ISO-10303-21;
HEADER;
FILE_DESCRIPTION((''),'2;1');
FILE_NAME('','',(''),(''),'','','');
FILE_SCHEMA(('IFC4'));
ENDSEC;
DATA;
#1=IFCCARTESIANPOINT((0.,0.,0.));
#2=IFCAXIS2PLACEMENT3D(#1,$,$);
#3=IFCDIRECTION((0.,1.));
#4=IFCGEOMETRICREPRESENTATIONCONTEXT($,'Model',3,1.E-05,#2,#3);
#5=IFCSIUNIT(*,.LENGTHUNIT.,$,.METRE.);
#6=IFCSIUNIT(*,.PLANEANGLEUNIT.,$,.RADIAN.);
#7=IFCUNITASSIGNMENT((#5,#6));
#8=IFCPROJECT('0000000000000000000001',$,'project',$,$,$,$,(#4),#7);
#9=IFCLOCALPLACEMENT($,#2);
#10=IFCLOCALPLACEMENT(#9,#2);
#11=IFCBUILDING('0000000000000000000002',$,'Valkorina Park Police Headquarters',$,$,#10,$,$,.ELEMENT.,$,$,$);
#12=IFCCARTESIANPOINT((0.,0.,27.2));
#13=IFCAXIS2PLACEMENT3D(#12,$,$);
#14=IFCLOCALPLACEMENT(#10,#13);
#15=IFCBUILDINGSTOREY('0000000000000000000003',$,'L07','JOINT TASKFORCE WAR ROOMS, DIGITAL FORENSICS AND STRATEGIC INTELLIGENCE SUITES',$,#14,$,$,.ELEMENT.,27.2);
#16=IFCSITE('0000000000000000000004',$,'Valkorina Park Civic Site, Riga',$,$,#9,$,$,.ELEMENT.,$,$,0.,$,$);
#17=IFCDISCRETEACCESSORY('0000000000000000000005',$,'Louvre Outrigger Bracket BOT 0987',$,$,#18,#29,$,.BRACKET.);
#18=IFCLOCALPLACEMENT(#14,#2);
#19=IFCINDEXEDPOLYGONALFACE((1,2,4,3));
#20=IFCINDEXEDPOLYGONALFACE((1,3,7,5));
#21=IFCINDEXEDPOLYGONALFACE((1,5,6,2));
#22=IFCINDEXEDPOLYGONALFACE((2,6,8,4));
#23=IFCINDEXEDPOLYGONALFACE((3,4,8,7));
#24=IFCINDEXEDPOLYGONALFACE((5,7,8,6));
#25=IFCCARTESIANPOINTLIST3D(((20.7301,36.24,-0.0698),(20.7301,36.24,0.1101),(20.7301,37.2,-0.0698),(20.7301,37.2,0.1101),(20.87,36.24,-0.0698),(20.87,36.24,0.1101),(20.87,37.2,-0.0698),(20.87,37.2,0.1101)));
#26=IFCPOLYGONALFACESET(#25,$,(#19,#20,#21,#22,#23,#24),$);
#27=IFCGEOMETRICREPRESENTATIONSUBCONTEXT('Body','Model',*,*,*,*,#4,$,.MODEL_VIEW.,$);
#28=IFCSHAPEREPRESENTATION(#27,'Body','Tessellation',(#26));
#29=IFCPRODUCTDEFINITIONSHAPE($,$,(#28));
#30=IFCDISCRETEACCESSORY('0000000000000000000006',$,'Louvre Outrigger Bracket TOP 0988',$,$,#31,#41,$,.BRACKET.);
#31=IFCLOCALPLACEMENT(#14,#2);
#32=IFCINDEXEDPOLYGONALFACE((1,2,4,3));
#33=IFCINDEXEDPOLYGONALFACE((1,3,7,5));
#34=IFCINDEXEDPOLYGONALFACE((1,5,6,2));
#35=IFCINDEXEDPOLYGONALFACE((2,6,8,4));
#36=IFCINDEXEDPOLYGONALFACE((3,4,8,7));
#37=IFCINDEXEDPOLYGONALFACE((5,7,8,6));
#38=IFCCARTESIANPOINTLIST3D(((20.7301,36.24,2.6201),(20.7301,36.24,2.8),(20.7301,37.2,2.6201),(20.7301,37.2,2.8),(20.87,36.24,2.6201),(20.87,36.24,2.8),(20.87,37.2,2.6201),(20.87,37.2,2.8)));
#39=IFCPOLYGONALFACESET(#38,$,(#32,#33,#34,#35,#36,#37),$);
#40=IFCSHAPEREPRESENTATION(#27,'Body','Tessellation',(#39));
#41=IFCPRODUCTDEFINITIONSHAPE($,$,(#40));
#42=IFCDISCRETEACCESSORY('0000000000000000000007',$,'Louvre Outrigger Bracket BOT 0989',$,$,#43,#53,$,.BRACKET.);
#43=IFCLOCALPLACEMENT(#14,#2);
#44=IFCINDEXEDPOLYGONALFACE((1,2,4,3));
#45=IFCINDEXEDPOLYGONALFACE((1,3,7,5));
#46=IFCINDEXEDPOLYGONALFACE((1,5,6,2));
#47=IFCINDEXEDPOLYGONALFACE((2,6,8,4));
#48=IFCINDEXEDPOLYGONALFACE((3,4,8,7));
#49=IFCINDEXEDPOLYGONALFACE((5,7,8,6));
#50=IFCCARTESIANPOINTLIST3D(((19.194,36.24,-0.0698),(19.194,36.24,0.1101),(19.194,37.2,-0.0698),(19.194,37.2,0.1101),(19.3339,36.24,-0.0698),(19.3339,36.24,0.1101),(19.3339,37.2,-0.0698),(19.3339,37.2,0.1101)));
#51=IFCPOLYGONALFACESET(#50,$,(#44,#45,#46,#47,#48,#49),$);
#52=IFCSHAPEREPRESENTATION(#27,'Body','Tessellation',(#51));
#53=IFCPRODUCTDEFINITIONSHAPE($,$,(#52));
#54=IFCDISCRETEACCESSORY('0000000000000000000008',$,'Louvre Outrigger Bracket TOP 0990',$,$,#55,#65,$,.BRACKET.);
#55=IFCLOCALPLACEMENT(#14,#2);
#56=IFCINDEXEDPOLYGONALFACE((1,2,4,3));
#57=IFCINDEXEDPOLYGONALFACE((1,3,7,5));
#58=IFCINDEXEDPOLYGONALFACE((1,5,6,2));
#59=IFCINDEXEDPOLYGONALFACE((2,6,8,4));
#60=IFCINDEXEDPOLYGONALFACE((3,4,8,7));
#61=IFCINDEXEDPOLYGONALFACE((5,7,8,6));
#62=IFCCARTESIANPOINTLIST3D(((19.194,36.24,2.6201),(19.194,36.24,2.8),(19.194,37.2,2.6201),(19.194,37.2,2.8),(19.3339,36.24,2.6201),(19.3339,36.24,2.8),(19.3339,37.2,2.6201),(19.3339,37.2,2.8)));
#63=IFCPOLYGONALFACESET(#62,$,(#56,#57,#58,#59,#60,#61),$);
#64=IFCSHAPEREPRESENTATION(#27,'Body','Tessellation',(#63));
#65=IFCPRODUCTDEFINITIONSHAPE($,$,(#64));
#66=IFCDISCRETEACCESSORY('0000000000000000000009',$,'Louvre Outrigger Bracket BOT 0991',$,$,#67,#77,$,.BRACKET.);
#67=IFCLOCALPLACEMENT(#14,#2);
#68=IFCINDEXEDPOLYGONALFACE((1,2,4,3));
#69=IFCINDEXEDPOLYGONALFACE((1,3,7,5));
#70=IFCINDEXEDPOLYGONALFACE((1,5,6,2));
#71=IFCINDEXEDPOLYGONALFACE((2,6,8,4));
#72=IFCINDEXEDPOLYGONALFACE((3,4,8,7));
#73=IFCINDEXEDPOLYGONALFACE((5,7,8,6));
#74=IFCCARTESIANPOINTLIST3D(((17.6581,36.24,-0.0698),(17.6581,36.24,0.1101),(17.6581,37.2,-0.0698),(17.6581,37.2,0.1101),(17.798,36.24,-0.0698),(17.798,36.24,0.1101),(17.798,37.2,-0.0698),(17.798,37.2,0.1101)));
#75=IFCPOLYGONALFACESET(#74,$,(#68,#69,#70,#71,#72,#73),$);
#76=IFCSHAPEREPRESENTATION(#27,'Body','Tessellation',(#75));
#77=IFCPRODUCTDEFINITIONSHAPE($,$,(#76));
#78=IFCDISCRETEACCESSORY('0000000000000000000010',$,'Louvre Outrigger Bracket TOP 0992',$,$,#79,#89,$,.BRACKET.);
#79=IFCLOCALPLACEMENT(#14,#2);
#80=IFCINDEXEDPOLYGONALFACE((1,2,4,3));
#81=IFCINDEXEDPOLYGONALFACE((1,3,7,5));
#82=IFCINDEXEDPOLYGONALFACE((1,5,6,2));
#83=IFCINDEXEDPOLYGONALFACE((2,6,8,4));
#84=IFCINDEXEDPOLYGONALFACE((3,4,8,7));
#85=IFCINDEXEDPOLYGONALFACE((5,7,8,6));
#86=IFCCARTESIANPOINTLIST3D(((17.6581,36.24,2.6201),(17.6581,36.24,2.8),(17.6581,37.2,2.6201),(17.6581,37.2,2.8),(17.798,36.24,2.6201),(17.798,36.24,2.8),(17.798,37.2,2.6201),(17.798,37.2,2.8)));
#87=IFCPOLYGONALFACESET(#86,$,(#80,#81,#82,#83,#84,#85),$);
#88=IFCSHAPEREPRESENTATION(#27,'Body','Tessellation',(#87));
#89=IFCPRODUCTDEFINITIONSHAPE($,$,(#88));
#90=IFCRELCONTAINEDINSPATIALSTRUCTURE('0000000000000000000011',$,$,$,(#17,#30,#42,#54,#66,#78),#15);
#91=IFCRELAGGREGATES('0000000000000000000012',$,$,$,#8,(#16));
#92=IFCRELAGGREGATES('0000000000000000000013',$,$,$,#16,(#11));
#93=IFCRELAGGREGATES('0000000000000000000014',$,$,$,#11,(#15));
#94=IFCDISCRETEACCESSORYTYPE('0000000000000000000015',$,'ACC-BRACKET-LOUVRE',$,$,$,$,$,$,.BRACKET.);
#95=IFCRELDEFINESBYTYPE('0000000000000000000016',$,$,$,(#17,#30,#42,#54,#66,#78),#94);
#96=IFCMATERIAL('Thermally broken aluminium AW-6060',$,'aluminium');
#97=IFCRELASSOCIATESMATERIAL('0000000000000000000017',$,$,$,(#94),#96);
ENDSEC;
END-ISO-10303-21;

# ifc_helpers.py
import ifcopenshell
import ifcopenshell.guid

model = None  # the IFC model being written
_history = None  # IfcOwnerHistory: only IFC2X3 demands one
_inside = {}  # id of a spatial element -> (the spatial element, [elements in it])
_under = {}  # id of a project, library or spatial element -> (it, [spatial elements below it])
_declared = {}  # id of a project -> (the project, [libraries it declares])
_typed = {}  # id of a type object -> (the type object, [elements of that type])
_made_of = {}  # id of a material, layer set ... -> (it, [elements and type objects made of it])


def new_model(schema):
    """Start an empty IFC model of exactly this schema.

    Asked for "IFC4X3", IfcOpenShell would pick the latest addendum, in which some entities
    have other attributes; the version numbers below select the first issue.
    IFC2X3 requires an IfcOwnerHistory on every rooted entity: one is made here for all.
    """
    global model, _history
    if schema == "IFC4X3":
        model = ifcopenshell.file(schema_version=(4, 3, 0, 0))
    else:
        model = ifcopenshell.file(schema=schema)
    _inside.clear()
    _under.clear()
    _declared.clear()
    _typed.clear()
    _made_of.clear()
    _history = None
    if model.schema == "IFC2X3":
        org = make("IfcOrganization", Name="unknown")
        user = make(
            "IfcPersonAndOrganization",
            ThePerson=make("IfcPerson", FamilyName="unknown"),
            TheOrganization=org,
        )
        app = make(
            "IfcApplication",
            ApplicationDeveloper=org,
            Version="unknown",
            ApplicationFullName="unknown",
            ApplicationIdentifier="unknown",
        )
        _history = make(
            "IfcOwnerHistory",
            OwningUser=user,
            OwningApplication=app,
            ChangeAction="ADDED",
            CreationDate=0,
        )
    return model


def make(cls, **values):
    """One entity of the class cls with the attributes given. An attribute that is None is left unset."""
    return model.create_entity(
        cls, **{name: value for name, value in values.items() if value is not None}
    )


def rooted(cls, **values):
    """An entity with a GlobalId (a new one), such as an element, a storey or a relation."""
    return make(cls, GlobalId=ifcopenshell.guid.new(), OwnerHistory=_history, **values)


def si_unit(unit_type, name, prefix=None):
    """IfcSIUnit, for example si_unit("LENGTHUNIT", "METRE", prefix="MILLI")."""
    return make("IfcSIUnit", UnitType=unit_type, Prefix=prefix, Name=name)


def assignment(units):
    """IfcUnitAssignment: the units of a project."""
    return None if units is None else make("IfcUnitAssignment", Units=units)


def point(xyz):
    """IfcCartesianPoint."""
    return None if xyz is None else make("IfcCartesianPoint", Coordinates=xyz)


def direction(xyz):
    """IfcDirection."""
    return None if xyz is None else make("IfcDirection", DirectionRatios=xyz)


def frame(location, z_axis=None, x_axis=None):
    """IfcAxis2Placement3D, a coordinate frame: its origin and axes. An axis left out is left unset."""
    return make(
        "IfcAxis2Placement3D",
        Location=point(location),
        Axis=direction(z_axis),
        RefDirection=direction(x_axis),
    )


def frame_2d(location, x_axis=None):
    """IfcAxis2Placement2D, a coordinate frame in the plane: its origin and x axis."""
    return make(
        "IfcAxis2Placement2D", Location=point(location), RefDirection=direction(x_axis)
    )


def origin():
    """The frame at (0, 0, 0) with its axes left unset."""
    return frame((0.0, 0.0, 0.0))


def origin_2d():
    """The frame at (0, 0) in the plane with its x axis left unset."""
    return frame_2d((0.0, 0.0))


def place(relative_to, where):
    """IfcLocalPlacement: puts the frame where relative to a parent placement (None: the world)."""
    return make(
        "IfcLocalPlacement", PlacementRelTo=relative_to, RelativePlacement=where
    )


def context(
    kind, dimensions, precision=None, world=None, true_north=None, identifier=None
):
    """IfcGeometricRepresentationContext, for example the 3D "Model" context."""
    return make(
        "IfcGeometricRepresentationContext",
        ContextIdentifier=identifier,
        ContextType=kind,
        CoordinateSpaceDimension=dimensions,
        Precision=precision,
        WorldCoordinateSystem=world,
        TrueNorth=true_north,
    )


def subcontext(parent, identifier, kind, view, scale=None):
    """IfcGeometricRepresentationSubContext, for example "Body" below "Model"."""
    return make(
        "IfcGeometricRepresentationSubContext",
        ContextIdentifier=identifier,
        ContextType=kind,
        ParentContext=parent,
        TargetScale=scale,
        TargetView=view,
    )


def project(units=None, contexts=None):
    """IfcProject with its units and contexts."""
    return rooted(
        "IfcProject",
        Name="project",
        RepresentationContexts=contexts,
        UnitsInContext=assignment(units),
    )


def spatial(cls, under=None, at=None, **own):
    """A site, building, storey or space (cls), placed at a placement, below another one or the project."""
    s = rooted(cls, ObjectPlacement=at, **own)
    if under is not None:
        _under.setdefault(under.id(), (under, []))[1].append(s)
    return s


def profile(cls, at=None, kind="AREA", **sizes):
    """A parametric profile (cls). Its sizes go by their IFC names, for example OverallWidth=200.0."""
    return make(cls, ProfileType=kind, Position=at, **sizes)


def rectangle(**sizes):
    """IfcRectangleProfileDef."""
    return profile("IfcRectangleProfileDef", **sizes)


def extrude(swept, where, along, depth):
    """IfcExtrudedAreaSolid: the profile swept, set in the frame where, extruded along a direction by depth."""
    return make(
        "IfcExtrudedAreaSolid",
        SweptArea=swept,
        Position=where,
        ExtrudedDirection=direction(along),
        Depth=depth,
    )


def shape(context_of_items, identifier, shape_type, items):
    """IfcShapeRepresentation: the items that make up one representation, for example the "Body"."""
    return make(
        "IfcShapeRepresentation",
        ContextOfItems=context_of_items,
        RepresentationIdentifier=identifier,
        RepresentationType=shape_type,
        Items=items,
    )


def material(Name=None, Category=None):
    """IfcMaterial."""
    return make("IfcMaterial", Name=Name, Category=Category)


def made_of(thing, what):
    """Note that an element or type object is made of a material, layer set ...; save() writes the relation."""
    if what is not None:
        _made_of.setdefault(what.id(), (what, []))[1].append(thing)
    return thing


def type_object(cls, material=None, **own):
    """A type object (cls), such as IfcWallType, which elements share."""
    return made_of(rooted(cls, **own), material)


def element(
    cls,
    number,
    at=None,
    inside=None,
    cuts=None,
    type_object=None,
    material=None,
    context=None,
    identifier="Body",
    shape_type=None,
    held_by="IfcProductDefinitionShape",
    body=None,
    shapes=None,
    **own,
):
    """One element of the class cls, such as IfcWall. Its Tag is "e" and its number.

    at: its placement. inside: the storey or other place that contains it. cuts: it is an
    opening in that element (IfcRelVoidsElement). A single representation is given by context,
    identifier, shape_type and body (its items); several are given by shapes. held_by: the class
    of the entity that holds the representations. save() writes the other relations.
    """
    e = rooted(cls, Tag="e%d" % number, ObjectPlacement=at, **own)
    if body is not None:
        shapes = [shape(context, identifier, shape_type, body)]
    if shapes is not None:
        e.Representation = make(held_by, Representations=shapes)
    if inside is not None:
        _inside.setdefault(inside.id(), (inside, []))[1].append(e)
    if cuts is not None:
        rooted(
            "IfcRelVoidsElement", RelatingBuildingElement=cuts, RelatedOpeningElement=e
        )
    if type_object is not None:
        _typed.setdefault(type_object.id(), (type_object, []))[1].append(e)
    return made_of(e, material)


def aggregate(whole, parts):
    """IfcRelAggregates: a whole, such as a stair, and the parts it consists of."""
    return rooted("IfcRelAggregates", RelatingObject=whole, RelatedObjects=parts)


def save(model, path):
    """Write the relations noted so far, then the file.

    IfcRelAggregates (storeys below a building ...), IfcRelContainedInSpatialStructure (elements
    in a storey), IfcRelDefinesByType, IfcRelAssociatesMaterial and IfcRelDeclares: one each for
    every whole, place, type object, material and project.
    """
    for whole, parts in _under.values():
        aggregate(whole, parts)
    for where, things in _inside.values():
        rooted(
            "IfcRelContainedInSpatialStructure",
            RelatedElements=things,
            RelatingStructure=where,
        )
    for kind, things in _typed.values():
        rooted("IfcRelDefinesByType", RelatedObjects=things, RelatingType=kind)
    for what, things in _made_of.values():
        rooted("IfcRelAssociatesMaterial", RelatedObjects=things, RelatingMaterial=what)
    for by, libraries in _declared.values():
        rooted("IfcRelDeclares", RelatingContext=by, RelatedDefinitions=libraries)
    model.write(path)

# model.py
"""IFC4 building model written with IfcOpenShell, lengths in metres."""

from ifc_helpers import new_model, si_unit, direction, frame, origin, origin_2d, place, context, subcontext, project, spatial, rectangle, extrude, material, type_object, element, save


model = new_model("IFC4")

# Units and contexts
model_context = context("Model", 3, precision=1e-05, world=origin(), true_north=direction((0.0, 1.0)))
body_context = subcontext(model_context, "Body", "Model", "MODEL_VIEW")
ifc_project = project(units=[si_unit("LENGTHUNIT", "METRE"), si_unit("PLANEANGLEUNIT", "RADIAN")], contexts=[model_context])

# Site, building, storey
site_placement = place(None, origin())
site = spatial("IfcSite", under=ifc_project, at=site_placement, Name="Valkorina Park Civic Site, Riga", CompositionType="ELEMENT", RefElevation=0.0)
building_placement = place(site_placement, origin())
building = spatial("IfcBuilding", under=site, at=building_placement, Name="Valkorina Park Police Headquarters", CompositionType="ELEMENT")
storey_placement = place(building_placement, frame((0.0, 0.0, 27.2)))
storey = spatial("IfcBuildingStorey", under=building, at=storey_placement, Name="L07", Description="JOINT TASKFORCE WAR ROOMS, DIGITAL FORENSICS AND STRATEGIC INTELLIGENCE SUITES", CompositionType="ELEMENT", Elevation=27.2)

# Discrete accessories
ifc_material_1 = material(Name="Thermally broken aluminium AW-6060", Category="aluminium")
discrete_accessory_type = type_object("IfcDiscreteAccessoryType", Name="ACC-BRACKET-LOUVRE", PredefinedType="BRACKET", material=ifc_material_1)
for number, where, z_axis, x_axis, name in (
    (1, (20.8, 36.72, -0.0698), (0.0, 0.0, 1.0), (0.0, -1.0, 0.0), "Louvre Outrigger Bracket BOT 0987"),
    (2, (20.8, 36.72, 2.6201), (0.0, 0.0, 1.0), (0.0, -1.0, 0.0), "Louvre Outrigger Bracket TOP 0988"),
    (3, (19.2639, 36.72, -0.0698), (0.0, 0.0, 1.0), (0.0, -1.0, 0.0), "Louvre Outrigger Bracket BOT 0989"),
    (4, (19.2639, 36.72, 2.6201), (0.0, 0.0, 1.0), (0.0, -1.0, 0.0), "Louvre Outrigger Bracket TOP 0990"),
    (5, (17.728, 36.72, -0.0698), (0.0, 0.0, 1.0), (0.0, -1.0, 0.0), "Louvre Outrigger Bracket BOT 0991"),
    (6, (17.728, 36.72, 2.6201), (0.0, 0.0, 1.0), (0.0, -1.0, 0.0), "Louvre Outrigger Bracket TOP 0992"),
):
    element("IfcDiscreteAccessory", number, at=place(storey_placement, frame(where, z_axis=z_axis, x_axis=x_axis)), inside=storey, type_object=discrete_accessory_type, Name=name, PredefinedType="BRACKET", context=body_context, shape_type="SweptSolid", body=[
        extrude(rectangle(XDim=0.96, YDim=0.1399, at=origin_2d()), origin(), (0.0, 0.0, 1.0), 0.1799),
    ])

save(model, "model.ifc")
